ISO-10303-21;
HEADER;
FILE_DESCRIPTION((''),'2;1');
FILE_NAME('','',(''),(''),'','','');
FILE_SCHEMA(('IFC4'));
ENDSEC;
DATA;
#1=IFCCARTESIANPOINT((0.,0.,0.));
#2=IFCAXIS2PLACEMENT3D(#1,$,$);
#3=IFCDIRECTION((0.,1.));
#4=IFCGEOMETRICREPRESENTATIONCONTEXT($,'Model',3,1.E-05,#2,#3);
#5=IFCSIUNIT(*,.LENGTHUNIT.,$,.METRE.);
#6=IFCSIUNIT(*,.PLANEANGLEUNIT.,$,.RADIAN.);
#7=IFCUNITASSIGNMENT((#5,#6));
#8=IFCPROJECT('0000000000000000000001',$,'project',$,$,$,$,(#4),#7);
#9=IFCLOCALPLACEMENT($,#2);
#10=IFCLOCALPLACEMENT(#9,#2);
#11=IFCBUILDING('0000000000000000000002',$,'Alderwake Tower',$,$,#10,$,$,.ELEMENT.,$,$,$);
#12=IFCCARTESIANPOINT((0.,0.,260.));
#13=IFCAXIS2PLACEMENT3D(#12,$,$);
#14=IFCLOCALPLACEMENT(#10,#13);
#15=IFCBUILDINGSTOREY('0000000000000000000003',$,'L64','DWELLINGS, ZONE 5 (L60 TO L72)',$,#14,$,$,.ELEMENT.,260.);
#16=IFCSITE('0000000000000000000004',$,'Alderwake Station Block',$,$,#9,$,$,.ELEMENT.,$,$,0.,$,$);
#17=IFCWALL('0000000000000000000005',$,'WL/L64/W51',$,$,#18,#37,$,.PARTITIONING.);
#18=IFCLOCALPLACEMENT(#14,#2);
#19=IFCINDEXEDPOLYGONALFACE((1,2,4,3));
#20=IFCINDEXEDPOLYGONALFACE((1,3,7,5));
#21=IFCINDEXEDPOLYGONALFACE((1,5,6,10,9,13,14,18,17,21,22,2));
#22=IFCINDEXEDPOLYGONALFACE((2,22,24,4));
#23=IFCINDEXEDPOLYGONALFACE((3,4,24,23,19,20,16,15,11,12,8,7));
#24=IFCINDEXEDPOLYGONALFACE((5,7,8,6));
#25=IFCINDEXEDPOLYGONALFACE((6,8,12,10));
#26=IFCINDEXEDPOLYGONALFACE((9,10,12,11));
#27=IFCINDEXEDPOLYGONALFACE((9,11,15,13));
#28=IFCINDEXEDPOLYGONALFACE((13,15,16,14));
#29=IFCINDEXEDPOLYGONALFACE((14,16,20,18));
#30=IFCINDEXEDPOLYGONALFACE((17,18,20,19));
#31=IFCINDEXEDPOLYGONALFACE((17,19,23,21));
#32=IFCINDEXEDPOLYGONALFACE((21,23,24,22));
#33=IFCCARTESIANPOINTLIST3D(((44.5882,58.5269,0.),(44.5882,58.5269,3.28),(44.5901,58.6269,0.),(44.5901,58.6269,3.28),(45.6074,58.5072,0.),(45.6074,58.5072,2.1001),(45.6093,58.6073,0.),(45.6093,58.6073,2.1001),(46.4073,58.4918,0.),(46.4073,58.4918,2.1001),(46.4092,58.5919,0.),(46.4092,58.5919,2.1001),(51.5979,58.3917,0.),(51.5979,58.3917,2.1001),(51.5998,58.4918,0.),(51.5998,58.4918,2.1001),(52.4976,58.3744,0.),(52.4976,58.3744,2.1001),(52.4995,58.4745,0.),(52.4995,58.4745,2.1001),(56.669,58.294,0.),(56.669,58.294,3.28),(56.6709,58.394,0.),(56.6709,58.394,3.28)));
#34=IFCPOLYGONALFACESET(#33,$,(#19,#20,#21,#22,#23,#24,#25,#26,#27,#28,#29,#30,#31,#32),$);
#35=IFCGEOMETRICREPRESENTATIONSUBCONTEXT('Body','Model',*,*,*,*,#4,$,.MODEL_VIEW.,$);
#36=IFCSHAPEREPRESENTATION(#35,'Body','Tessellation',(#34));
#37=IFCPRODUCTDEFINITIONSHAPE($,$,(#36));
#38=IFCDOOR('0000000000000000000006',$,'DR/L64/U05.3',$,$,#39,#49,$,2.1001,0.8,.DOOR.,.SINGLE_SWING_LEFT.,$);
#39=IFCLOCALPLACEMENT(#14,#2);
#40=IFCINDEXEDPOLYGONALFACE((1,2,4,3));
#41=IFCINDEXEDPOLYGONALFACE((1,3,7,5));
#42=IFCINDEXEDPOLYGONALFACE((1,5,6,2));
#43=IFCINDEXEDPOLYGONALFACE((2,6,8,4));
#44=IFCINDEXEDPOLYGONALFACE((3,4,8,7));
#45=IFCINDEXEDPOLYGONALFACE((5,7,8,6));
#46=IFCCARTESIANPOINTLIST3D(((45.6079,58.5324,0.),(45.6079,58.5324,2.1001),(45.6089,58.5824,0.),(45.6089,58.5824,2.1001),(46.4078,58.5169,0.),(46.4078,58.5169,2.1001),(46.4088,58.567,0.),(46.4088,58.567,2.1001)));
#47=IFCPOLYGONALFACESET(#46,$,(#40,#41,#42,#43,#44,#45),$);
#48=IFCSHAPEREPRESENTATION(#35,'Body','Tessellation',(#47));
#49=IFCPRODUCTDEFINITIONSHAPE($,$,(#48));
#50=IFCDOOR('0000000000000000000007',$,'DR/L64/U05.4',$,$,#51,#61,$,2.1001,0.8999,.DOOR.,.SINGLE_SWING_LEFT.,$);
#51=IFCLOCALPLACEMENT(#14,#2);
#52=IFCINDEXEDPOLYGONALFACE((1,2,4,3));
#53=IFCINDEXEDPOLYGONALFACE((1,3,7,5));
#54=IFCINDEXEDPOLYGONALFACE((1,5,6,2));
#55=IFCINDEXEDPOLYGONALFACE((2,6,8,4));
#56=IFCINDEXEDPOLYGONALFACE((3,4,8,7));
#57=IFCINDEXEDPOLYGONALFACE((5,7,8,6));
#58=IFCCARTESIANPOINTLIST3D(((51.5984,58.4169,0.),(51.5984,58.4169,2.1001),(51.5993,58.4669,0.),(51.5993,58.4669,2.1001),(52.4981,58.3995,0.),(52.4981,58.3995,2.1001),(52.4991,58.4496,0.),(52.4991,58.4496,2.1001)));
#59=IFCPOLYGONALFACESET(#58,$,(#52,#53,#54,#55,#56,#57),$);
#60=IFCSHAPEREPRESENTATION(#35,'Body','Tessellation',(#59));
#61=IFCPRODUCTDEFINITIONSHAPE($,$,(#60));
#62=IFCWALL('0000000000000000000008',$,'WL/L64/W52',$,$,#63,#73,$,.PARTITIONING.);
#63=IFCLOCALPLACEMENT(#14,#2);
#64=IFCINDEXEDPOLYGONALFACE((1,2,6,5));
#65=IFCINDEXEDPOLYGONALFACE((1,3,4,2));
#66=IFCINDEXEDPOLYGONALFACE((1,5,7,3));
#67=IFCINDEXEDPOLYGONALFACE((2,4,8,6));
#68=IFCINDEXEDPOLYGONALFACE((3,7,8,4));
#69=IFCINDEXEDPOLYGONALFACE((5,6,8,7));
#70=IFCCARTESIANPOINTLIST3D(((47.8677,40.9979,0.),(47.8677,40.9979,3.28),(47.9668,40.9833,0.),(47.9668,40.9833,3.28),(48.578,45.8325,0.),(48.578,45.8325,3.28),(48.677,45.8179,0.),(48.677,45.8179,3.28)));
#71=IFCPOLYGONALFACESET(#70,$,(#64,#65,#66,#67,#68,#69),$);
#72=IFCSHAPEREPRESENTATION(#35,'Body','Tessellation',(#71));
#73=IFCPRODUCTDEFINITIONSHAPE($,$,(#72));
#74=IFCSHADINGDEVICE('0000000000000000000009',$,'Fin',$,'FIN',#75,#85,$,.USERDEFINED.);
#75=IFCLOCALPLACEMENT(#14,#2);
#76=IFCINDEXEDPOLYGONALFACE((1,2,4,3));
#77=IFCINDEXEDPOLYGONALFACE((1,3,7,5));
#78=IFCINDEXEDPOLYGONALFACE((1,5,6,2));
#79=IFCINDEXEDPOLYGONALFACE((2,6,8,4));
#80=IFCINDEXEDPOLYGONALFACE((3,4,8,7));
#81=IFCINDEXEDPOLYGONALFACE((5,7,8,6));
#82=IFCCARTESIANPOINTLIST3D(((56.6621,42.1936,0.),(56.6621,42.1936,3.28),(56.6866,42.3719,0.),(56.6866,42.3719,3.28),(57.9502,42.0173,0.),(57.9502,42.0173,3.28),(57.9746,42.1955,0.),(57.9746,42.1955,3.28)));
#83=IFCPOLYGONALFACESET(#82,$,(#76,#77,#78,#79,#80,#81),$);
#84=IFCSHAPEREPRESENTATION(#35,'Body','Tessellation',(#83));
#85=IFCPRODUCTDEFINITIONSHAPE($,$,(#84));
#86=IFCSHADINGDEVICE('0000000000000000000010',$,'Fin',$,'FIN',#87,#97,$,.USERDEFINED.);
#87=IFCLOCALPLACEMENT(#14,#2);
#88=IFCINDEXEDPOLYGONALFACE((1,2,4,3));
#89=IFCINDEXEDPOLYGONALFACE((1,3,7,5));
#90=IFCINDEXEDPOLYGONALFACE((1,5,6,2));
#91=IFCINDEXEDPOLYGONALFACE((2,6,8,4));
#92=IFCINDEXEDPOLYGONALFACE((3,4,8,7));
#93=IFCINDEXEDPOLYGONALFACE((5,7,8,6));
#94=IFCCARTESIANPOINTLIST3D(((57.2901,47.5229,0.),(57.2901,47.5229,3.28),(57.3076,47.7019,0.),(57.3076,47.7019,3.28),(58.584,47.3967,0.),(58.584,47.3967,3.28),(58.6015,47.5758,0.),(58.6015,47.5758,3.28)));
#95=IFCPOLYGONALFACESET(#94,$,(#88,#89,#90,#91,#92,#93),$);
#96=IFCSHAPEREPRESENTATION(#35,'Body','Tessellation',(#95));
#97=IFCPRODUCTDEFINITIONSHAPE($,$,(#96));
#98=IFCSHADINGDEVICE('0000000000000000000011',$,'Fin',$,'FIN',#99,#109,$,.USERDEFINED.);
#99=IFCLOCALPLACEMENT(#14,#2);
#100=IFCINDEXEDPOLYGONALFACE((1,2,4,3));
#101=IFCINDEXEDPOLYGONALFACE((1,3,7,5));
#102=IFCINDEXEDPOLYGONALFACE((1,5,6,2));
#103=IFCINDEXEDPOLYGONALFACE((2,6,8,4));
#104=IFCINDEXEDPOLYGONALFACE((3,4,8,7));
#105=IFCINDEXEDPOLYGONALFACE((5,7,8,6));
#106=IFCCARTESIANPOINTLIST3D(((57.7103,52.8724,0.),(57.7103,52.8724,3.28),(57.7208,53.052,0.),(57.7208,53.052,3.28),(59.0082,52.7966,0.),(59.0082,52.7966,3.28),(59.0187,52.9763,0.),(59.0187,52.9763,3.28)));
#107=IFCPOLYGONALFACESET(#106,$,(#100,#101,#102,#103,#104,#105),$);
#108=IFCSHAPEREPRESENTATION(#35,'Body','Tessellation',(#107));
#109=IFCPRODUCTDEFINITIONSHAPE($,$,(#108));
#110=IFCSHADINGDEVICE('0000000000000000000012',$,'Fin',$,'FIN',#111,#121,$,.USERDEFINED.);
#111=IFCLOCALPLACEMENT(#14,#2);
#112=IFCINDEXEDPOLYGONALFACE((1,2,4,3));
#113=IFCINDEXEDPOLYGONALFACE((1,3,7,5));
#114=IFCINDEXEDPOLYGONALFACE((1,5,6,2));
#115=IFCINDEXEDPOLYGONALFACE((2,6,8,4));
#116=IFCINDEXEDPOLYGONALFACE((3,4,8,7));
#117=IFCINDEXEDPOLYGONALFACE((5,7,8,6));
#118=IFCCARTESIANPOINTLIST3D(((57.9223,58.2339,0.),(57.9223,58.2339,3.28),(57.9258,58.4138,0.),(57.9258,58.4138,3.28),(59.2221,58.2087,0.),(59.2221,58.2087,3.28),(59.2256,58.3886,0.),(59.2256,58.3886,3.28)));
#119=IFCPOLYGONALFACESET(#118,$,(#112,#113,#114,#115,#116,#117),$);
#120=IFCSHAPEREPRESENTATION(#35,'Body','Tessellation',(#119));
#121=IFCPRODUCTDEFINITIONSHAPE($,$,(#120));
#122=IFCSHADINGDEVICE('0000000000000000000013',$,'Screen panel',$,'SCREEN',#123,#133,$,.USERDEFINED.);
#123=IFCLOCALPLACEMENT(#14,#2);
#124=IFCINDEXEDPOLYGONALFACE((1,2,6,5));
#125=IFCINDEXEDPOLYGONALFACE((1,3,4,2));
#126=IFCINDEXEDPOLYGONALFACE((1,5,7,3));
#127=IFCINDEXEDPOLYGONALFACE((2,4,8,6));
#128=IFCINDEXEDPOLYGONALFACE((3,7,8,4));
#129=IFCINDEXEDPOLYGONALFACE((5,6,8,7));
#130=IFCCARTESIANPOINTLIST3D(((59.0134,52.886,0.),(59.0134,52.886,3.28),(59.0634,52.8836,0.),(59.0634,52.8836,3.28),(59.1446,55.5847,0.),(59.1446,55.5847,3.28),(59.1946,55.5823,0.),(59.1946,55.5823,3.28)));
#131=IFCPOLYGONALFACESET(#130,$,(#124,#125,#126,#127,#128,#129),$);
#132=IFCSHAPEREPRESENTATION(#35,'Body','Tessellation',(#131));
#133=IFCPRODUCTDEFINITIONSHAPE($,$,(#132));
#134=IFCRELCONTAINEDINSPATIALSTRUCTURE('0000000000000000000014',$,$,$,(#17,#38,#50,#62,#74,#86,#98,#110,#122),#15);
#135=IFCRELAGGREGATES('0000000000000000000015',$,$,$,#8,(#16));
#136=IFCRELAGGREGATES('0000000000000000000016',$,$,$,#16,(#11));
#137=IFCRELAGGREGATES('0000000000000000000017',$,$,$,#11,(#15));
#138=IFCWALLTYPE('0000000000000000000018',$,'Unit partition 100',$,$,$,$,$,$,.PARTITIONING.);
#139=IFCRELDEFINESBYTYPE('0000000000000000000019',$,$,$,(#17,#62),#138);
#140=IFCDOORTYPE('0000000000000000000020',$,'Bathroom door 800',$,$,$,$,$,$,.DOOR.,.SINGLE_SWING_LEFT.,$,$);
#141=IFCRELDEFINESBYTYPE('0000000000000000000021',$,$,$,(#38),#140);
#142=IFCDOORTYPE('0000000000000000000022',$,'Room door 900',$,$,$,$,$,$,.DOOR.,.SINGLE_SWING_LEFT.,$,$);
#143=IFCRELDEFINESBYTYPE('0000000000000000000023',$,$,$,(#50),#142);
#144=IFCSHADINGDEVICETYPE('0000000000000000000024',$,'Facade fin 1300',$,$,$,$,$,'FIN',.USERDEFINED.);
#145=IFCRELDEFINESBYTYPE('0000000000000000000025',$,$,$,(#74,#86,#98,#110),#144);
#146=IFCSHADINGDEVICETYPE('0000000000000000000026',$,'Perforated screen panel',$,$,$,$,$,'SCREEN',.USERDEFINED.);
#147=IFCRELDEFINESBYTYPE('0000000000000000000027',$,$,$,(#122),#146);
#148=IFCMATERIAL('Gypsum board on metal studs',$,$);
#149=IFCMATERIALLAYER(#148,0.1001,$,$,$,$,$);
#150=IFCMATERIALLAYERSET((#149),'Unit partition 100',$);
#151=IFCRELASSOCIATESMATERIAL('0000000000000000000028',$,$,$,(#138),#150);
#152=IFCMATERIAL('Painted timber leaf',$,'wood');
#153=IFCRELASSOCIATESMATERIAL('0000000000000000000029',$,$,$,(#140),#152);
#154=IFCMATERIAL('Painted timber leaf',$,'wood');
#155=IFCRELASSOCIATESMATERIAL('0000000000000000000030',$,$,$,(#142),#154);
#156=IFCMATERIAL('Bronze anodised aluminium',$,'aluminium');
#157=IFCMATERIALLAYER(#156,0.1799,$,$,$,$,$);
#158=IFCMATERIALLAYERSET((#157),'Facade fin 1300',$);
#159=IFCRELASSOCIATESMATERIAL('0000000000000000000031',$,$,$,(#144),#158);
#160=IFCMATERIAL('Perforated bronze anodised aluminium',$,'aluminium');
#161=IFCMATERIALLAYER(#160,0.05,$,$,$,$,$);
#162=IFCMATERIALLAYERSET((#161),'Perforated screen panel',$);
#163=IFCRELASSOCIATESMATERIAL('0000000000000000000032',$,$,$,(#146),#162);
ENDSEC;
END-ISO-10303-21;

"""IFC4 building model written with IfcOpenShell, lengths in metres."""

from ifc_helpers import new_model, si_unit, direction, frame, frame_2d, origin, origin_2d, place, context, subcontext, project, spatial, rectangle, extrude, material, layer, layer_set, type_object, element, fill, save


model = new_model("IFC4")

# Units and contexts
model_context = context("Model", 3, precision=1e-05, world=origin(), true_north=direction((0.0, 1.0)))
body_context = subcontext(model_context, "Body", "Model", "MODEL_VIEW")
ifc_project = project(units=[si_unit("LENGTHUNIT", "METRE"), si_unit("PLANEANGLEUNIT", "RADIAN")], contexts=[model_context])

# Site, building, storey
site_placement = place(None, origin())
site = spatial("IfcSite", under=ifc_project, at=site_placement, Name="Alderwake Station Block", CompositionType="ELEMENT", RefElevation=0.0)
building_placement = place(site_placement, origin())
building = spatial("IfcBuilding", under=site, at=building_placement, Name="Alderwake Tower", CompositionType="ELEMENT")
storey_placement = place(building_placement, frame((0.0, 0.0, 260.0)))
storey = spatial("IfcBuildingStorey", under=building, at=storey_placement, Name="L64", Description="DWELLINGS, ZONE 5 (L60 TO L72)", CompositionType="ELEMENT", Elevation=260.0)

# Wall, openings, doors
ifc_material_1 = material(Name="Gypsum board on metal studs")
ifc_layer_1 = layer(ifc_material_1, 0.1001)
ifc_layer_set_1 = layer_set([ifc_layer_1], Name="Unit partition 100")
wall_type_1 = type_object("IfcWallType", Name="Unit partition 100", PredefinedType="PARTITIONING", material=ifc_layer_set_1)
ifc_material_2 = material(Name="Painted timber leaf", Category="wood")
door_type_1 = type_object("IfcDoorType", Name="Bathroom door 800", OperationType="SINGLE_SWING_LEFT", PredefinedType="DOOR", material=ifc_material_2)
ifc_material_3 = material(Name="Painted timber leaf", Category="wood")
door_type_2 = type_object("IfcDoorType", Name="Room door 900", OperationType="SINGLE_SWING_LEFT", PredefinedType="DOOR", material=ifc_material_3)
wall_1_placement = place(storey_placement, frame((56.6699, 58.344, 0.0), z_axis=(0.0, 0.0, 1.0), x_axis=(-0.999814, 0.019276, 0.0)))
wall_1 = element("IfcWall", 1, at=wall_1_placement, inside=storey, type_object=wall_type_1, Name="WL/L64/W51", PredefinedType="PARTITIONING", context=body_context, shape_type="SweptSolid", body=[
    extrude(rectangle(XDim=12.083, YDim=0.1001, at=frame_2d((6.0415, 0.0))), origin(), (0.0, 0.0, 1.0), 3.28),
])
opening_1_placement = place(wall_1_placement, frame((10.2637, 0.0, 0.0)))
opening_1 = element("IfcOpeningElement", 2, at=opening_1_placement, cuts=wall_1, PredefinedType="OPENING", context=body_context, shape_type="SweptSolid", body=[
    extrude(rectangle(XDim=0.8, YDim=2.1001, at=frame_2d((0.3999, 1.05))), frame((0.0, 0.0601, 0.0), z_axis=(0.0, -1.0, 0.0), x_axis=(1.0, 0.0, 0.0)), (0.0, 0.0, 1.0), 0.1201),
])
opening_2_placement = place(wall_1_placement, frame((4.1721, 0.0, 0.0)))
opening_2 = element("IfcOpeningElement", 3, at=opening_2_placement, cuts=wall_1, PredefinedType="OPENING", context=body_context, shape_type="SweptSolid", body=[
    extrude(rectangle(XDim=0.8999, YDim=2.1001, at=frame_2d((0.45, 1.05))), frame((0.0, 0.0601, 0.0), z_axis=(0.0, -1.0, 0.0), x_axis=(1.0, 0.0, 0.0)), (0.0, 0.0, 1.0), 0.1201),
])
door_1_placement = place(opening_1_placement, origin())
door_1 = element("IfcDoor", 4, at=door_1_placement, inside=storey, type_object=door_type_1, Name="DR/L64/U05.3", OperationType="SINGLE_SWING_LEFT", OverallHeight=2.1001, OverallWidth=0.8, PredefinedType="DOOR", context=body_context, shape_type="SweptSolid", body=[
    extrude(rectangle(XDim=0.8, YDim=2.1001, at=frame_2d((0.3999, 1.05))), frame((0.0, 0.0249, 0.0), z_axis=(0.0, -1.0, 0.0), x_axis=(1.0, 0.0, 0.0)), (0.0, 0.0, 1.0), 0.05),
])
fill(opening_1, door_1)
door_2_placement = place(opening_2_placement, origin())
door_2 = element("IfcDoor", 5, at=door_2_placement, inside=storey, type_object=door_type_2, Name="DR/L64/U05.4", OperationType="SINGLE_SWING_LEFT", OverallHeight=2.1001, OverallWidth=0.8999, PredefinedType="DOOR", context=body_context, shape_type="SweptSolid", body=[
    extrude(rectangle(XDim=0.8999, YDim=2.1001, at=frame_2d((0.45, 1.05))), frame((0.0, 0.0249, 0.0), z_axis=(0.0, -1.0, 0.0), x_axis=(1.0, 0.0, 0.0)), (0.0, 0.0, 1.0), 0.05),
])
fill(opening_2, door_2)

# Wall
wall_2_placement = place(storey_placement, frame((47.9172, 40.9905, 0.0), z_axis=(0.0, 0.0, 1.0), x_axis=(0.145344, 0.989381, 0.0)))
element("IfcWall", 6, at=wall_2_placement, inside=storey, type_object=wall_type_1, Name="WL/L64/W52", PredefinedType="PARTITIONING", context=body_context, shape_type="SweptSolid", body=[
    extrude(rectangle(XDim=4.8865, YDim=0.1001, at=frame_2d((2.4434, 0.0))), origin(), (0.0, 0.0, 1.0), 3.28),
])

# Shading devices
ifc_material_4 = material(Name="Bronze anodised aluminium", Category="aluminium")
ifc_layer_2 = layer(ifc_material_4, 0.1799)
ifc_layer_set_2 = layer_set([ifc_layer_2], Name="Facade fin 1300")
shading_device_type_1 = type_object("IfcShadingDeviceType", Name="Facade fin 1300", ElementType="FIN", PredefinedType="USERDEFINED", material=ifc_layer_set_2)
for number, where, z_axis, x_axis, name in (
    (7, (57.3184, 42.1946, 0.0), (0.0, 0.0, 1.0), (0.990753, -0.135681, 0.0), "Fin"),
    (8, (57.9458, 47.5493, 0.0), (0.0, 0.0, 1.0), (0.99528, -0.097046, 0.0), "Fin"),
    (9, (58.3645, 52.9243, 0.0), (0.0, 0.0, 1.0), (0.998301, -0.058266, 0.0), "Fin"),
    (10, (58.574, 58.3113, 0.0), (0.0, 0.0, 1.0), (0.999812, -0.019398, 0.0), "Fin"),
):
    element("IfcShadingDevice", number, at=place(storey_placement, frame(where, z_axis=z_axis, x_axis=x_axis)), inside=storey, type_object=shading_device_type_1, Name=name, ObjectType="FIN", PredefinedType="USERDEFINED", context=body_context, shape_type="SweptSolid", body=[
        extrude(rectangle(XDim=1.3, YDim=0.1799, at=origin_2d()), origin(), (0.0, 0.0, 1.0), 3.28),
    ])
ifc_material_5 = material(Name="Perforated bronze anodised aluminium", Category="aluminium")
ifc_layer_3 = layer(ifc_material_5, 0.05)
ifc_layer_set_3 = layer_set([ifc_layer_3], Name="Perforated screen panel")
shading_device_type_2 = type_object("IfcShadingDeviceType", Name="Perforated screen panel", ElementType="SCREEN", PredefinedType="USERDEFINED", material=ifc_layer_set_3)
shading_device_placement = place(storey_placement, frame((59.104, 54.2341, 0.0), z_axis=(0.0, 0.0, 1.0), x_axis=(0.998819, -0.048581, 0.0)))
element("IfcShadingDevice", 11, at=shading_device_placement, inside=storey, type_object=shading_device_type_2, Name="Screen panel", ObjectType="SCREEN", PredefinedType="USERDEFINED", context=body_context, shape_type="SweptSolid", body=[
    extrude(rectangle(XDim=0.05, YDim=2.7019, at=origin_2d()), origin(), (0.0, 0.0, 1.0), 3.28),
])

save(model, "model.ifc")
